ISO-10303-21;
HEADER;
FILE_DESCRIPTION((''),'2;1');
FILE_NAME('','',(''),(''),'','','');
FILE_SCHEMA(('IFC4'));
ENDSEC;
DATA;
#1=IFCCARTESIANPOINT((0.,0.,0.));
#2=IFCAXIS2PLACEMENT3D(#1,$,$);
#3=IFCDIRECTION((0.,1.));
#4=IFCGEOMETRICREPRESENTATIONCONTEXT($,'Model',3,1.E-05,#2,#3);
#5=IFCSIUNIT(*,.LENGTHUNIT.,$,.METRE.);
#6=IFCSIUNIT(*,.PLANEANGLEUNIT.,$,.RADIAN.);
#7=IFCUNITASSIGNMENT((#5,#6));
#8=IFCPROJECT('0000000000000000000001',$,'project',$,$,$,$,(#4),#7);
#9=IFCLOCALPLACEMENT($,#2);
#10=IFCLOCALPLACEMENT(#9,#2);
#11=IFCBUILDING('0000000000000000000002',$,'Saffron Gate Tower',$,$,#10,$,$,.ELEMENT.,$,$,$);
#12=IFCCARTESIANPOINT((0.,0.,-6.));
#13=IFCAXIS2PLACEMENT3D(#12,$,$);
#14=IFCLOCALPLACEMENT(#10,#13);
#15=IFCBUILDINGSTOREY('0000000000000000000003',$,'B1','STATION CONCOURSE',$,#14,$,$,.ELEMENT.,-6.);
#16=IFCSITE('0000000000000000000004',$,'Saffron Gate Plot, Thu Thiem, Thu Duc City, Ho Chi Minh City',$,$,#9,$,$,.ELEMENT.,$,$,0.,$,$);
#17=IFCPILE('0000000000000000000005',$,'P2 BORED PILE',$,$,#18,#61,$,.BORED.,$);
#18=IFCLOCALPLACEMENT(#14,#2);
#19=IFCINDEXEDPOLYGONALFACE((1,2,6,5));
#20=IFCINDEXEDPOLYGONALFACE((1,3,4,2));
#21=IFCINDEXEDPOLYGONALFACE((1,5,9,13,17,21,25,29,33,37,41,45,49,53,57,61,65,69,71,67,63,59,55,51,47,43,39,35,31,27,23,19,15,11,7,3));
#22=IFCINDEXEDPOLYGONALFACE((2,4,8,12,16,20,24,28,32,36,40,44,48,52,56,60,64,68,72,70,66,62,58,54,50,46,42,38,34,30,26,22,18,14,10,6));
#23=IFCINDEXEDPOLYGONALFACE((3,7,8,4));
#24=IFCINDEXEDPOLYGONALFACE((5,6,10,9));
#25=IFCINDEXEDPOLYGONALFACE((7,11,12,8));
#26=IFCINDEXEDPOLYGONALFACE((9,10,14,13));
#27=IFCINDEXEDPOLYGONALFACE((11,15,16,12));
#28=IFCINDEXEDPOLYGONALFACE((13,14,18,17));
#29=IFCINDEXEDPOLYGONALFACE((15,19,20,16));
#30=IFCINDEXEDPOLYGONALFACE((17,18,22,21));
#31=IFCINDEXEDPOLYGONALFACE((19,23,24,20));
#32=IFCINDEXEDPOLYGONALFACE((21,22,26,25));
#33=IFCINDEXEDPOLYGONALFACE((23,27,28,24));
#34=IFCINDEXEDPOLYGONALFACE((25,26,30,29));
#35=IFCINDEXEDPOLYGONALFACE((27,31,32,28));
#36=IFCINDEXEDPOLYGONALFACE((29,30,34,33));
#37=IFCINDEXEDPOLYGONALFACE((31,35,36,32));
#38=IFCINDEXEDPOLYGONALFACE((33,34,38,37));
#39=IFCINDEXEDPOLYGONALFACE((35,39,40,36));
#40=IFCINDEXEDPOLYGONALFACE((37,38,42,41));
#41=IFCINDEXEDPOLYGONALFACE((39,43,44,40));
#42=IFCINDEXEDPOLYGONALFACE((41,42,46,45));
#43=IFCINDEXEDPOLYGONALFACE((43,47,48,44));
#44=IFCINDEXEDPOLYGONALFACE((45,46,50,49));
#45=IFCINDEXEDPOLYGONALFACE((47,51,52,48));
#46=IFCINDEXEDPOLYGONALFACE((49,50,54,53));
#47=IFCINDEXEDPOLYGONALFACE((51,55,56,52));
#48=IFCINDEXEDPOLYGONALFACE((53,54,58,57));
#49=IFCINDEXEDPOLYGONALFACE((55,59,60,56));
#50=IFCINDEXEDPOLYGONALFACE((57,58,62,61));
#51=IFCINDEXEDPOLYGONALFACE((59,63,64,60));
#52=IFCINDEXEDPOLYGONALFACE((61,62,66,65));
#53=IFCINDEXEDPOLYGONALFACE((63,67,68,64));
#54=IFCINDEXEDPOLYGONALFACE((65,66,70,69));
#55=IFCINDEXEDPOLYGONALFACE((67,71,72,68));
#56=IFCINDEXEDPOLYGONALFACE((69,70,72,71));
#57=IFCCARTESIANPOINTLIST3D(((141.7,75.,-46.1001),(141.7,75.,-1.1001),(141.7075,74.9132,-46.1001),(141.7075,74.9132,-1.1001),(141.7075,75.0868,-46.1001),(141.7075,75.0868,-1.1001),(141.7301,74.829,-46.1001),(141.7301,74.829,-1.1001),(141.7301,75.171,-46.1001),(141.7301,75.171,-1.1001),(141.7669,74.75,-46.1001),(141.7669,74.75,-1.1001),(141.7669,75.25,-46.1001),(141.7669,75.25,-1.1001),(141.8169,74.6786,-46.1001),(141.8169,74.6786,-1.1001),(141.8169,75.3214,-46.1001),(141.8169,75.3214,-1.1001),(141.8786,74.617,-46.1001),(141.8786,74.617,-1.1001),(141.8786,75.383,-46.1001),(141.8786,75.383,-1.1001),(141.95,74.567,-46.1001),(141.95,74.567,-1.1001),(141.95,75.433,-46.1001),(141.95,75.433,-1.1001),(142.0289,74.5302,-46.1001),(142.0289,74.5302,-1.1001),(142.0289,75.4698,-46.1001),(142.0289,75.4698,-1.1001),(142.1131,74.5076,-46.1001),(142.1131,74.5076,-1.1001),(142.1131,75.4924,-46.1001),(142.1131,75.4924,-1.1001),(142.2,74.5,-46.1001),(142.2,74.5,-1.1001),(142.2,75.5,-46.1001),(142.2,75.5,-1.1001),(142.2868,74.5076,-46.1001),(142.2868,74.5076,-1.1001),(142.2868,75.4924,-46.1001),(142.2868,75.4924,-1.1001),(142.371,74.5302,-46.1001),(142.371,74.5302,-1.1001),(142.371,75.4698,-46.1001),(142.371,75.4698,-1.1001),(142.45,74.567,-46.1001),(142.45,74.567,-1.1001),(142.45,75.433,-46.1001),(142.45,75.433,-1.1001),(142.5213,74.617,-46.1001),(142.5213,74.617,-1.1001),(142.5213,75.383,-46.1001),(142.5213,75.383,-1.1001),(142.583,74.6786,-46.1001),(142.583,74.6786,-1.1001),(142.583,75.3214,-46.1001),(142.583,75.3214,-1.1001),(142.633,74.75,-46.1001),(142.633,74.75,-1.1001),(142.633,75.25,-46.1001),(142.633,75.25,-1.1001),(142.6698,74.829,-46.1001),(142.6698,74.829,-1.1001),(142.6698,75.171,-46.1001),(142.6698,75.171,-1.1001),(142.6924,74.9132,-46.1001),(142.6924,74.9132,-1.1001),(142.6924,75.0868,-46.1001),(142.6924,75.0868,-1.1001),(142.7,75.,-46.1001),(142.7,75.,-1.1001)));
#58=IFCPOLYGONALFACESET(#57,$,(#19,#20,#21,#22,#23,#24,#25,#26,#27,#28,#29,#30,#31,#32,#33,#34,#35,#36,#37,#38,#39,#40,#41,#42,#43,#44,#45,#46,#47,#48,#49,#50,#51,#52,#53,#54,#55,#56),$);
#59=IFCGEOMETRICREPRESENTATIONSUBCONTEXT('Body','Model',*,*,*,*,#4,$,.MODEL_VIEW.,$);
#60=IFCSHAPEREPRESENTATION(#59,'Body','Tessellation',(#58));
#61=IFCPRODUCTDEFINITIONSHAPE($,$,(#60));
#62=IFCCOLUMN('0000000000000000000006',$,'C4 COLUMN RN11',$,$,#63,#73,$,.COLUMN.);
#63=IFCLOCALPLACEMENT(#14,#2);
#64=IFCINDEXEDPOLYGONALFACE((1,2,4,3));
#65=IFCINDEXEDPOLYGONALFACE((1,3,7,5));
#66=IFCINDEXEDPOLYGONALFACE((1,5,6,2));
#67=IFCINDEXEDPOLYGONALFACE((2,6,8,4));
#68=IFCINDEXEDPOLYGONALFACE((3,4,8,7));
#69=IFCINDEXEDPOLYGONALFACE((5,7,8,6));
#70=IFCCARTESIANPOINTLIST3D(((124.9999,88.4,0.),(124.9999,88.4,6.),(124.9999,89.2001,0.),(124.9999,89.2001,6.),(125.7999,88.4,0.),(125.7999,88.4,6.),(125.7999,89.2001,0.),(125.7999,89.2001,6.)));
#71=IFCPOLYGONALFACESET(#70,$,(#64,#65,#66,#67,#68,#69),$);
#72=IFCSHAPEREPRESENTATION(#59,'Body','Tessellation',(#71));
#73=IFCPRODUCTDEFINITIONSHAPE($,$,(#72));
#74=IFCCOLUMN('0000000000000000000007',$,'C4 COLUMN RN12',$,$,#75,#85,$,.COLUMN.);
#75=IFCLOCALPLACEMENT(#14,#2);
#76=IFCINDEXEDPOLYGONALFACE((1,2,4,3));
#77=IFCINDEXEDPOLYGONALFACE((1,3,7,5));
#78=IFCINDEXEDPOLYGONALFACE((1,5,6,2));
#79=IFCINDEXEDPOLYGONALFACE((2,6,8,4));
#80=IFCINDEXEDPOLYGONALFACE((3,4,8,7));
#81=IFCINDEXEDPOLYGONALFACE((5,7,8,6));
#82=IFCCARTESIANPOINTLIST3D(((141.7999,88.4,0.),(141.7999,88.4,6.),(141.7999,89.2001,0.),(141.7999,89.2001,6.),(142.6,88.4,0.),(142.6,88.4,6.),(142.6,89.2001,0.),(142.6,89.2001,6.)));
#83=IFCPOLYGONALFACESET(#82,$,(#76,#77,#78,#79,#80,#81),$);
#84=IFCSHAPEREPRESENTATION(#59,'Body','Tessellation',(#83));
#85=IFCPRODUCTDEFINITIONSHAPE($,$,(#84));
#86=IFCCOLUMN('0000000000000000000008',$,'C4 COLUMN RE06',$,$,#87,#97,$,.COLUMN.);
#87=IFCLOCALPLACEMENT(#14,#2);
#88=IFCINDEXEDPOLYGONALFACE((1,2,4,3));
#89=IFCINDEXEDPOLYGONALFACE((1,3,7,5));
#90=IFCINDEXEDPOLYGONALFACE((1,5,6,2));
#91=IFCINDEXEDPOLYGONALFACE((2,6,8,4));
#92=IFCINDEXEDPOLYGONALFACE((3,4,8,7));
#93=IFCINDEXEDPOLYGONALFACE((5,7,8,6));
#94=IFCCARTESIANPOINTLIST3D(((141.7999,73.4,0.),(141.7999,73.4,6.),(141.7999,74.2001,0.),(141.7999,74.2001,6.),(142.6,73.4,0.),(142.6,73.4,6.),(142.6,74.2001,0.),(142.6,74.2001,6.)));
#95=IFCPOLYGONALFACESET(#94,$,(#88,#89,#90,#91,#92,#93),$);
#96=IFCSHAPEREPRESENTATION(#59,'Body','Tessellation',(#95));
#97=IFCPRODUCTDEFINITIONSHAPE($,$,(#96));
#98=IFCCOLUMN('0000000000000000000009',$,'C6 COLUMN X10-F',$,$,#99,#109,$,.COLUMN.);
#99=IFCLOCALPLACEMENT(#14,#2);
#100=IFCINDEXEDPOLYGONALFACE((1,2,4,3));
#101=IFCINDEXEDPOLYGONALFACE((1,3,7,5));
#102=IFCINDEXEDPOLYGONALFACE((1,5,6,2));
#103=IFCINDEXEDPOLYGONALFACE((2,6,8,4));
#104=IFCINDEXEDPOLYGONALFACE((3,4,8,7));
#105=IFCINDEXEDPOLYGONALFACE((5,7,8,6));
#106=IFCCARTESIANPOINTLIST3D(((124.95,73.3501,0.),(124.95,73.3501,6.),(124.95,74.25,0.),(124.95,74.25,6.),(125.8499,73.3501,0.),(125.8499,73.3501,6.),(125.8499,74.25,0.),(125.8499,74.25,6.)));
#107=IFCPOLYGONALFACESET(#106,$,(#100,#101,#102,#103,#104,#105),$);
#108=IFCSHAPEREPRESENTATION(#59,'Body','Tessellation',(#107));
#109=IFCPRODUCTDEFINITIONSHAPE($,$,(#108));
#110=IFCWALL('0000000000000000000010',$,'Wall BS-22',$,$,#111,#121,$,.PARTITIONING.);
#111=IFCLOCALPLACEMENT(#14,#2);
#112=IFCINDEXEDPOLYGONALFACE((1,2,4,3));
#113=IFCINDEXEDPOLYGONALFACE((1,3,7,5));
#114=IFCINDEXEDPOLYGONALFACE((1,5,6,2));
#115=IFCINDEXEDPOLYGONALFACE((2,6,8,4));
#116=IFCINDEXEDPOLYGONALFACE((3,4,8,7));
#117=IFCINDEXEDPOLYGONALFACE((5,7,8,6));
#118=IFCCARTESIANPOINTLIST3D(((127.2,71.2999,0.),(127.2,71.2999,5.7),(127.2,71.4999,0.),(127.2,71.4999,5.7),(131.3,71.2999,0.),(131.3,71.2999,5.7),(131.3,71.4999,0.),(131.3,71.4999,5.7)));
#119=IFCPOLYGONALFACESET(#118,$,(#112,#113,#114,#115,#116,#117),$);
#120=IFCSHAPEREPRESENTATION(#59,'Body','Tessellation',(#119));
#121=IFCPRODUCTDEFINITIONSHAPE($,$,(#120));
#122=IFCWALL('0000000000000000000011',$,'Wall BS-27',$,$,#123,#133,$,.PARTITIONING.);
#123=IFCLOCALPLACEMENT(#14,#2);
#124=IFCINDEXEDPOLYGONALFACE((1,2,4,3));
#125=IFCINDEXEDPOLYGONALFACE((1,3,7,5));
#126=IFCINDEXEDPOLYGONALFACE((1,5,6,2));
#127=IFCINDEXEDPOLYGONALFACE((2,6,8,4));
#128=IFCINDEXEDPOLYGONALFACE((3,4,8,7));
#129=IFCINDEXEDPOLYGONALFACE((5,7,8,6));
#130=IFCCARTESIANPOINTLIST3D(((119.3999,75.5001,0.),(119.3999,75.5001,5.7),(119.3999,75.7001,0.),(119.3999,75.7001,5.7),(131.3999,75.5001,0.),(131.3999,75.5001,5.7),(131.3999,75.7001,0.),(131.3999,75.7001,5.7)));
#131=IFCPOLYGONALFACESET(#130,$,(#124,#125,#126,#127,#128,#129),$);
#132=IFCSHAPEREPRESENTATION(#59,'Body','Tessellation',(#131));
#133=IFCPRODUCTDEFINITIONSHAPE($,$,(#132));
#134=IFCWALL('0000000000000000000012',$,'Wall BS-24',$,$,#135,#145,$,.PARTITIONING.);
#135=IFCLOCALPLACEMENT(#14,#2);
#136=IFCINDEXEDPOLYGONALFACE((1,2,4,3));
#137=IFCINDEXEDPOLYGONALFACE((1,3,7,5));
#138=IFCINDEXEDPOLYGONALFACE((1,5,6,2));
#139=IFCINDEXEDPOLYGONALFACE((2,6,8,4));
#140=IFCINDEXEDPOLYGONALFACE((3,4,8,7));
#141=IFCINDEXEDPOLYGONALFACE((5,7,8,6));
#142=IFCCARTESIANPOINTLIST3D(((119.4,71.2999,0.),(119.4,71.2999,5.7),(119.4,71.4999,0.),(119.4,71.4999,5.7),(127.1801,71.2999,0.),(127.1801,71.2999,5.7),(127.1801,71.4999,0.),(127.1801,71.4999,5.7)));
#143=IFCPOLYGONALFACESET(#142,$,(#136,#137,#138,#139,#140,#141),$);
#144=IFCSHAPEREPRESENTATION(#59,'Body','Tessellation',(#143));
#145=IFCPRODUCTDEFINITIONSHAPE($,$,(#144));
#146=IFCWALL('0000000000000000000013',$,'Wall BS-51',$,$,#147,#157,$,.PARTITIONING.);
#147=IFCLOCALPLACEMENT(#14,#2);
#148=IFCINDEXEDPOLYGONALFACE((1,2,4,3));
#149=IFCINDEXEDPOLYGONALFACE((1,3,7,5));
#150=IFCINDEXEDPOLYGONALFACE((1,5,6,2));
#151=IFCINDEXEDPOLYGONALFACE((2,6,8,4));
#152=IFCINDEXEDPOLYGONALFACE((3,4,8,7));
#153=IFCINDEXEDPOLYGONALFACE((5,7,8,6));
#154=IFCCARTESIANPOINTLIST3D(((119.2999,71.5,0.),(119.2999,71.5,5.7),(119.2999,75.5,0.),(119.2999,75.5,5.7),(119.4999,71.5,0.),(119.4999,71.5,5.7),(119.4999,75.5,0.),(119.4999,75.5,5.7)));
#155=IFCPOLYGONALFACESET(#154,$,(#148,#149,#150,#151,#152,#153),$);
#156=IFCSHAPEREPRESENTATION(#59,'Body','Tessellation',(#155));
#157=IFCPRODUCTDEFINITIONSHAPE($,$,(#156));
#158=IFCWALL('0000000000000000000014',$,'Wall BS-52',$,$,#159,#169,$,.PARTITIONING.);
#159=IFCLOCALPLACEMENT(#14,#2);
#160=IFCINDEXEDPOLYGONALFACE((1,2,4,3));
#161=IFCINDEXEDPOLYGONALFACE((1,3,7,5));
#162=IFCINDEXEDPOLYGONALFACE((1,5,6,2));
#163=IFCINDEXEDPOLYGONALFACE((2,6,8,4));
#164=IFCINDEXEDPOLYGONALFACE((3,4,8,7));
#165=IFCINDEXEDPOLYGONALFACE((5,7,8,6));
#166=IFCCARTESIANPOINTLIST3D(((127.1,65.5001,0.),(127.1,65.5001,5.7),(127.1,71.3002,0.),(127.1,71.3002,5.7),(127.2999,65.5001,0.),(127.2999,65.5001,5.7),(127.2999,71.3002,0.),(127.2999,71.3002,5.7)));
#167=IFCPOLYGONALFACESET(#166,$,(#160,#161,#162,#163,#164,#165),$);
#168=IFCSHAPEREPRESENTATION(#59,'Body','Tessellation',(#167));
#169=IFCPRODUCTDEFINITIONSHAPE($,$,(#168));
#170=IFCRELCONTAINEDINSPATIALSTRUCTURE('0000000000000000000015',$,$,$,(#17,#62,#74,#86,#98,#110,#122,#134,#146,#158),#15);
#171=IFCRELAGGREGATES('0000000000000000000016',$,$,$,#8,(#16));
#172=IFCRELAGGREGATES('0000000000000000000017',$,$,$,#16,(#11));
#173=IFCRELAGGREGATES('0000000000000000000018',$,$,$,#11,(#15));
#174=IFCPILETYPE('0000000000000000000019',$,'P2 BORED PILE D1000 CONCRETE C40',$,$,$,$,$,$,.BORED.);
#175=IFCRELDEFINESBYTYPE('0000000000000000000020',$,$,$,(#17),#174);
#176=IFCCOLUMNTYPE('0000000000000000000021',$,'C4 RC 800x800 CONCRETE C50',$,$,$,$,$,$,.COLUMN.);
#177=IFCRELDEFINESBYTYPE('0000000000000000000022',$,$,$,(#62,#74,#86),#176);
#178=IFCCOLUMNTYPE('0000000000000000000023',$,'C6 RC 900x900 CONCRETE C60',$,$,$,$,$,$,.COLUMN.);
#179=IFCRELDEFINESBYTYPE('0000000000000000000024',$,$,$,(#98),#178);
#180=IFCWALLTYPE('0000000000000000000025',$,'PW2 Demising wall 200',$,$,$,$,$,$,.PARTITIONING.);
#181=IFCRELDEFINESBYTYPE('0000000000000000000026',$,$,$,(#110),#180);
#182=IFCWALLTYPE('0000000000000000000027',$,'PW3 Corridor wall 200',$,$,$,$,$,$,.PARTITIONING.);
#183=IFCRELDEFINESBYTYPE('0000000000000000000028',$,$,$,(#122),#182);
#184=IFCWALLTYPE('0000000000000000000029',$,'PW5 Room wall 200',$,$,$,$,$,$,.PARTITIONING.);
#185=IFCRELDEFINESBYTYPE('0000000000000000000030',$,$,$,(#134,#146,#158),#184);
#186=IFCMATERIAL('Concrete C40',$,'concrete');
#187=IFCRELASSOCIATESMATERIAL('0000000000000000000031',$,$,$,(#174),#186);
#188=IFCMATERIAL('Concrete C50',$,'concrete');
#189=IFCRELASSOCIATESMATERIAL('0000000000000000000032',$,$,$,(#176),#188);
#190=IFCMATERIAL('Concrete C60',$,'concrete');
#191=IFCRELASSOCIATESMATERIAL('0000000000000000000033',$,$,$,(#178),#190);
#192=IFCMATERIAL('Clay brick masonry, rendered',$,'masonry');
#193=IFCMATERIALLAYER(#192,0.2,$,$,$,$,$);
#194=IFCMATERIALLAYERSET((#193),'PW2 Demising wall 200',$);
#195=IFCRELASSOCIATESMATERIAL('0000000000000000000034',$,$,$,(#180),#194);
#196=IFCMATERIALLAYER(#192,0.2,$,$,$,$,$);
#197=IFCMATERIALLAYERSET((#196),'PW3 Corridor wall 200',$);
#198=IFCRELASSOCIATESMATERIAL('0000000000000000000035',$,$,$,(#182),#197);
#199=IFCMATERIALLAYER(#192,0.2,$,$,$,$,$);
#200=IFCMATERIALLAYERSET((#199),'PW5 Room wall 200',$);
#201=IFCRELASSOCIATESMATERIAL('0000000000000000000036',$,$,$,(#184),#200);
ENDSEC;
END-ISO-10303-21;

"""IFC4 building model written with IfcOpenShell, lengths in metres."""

from ifc_helpers import new_model, si_unit, direction, frame, frame_2d, origin, origin_2d, place, context, subcontext, project, spatial, rectangle, circle, extrude, material, layer, layer_set, material_profile, profile_set, type_object, element, save


model = new_model("IFC4")

# Units and contexts
model_context = context("Model", 3, precision=1e-05, world=origin(), true_north=direction((0.0, 1.0)))
body_context = subcontext(model_context, "Body", "Model", "MODEL_VIEW")
ifc_project = project(units=[si_unit("LENGTHUNIT", "METRE"), si_unit("PLANEANGLEUNIT", "RADIAN")], contexts=[model_context])

# Site, building, storey
site_placement = place(None, origin())
site = spatial("IfcSite", under=ifc_project, at=site_placement, Name="Saffron Gate Plot, Thu Thiem, Thu Duc City, Ho Chi Minh City", CompositionType="ELEMENT", RefElevation=0.0)
building_placement = place(site_placement, origin())
building = spatial("IfcBuilding", under=site, at=building_placement, Name="Saffron Gate Tower", CompositionType="ELEMENT")
storey_placement = place(building_placement, frame((0.0, 0.0, -6.0)))
storey = spatial("IfcBuildingStorey", under=building, at=storey_placement, Name="B1", Description="STATION CONCOURSE", CompositionType="ELEMENT", Elevation=-6.0)

# Pile
ifc_material_1 = material(Name="Concrete C40", Category="concrete")
ifc_material_profile_1 = material_profile(ifc_material_1, circle(Radius=0.5, at=origin_2d()))
ifc_profile_set_1 = profile_set([ifc_material_profile_1], Name="Concrete C40")
pile_type_1 = type_object("IfcPileType", Name="P2 BORED PILE D1000 CONCRETE C40", PredefinedType="BORED", material=ifc_profile_set_1)
for number, where, z_axis, x_axis, name in (
    (1, (142.2, 75.0, -1.1001), (0.0, 0.0, -1.0), (1.0, 0.0, 0.0), "P2 BORED PILE"),
):
    element("IfcPile", number, at=place(storey_placement, frame(where, z_axis=z_axis, x_axis=x_axis)), inside=storey, type_object=pile_type_1, Name=name, PredefinedType="BORED", context=body_context, shape_type="SweptSolid", body=[
        extrude(circle(Radius=0.5, at=origin_2d()), origin(), (0.0, 0.0, 1.0), 45.0),
    ])

# Columns
ifc_material_2 = material(Name="Concrete C50", Category="concrete")
ifc_material_profile_2 = material_profile(ifc_material_2, rectangle(XDim=0.8, YDim=0.8, at=origin_2d()))
ifc_profile_set_2 = profile_set([ifc_material_profile_2], Name="Concrete C50")
column_type_1 = type_object("IfcColumnType", Name="C4 RC 800x800 CONCRETE C50", PredefinedType="COLUMN", material=ifc_profile_set_2)
for number, where, z_axis, x_axis, name in (
    (2, (125.3999, 88.8, 0.0), (0.0, 0.0, 1.0), (1.0, 0.0, 0.0), "C4 COLUMN RN11"),
    (3, (142.2, 88.8, 0.0), (0.0, 0.0, 1.0), (1.0, 0.0, 0.0), "C4 COLUMN RN12"),
    (4, (142.2, 73.8, 0.0), (0.0, 0.0, 1.0), (1.0, 0.0, 0.0), "C4 COLUMN RE06"),
):
    element("IfcColumn", number, at=place(storey_placement, frame(where, z_axis=z_axis, x_axis=x_axis)), inside=storey, type_object=column_type_1, Name=name, PredefinedType="COLUMN", context=body_context, shape_type="SweptSolid", body=[
        extrude(rectangle(XDim=0.8, YDim=0.8, at=origin_2d()), origin(), (0.0, 0.0, 1.0), 6.0),
    ])
ifc_material_3 = material(Name="Concrete C60", Category="concrete")
ifc_material_profile_3 = material_profile(ifc_material_3, rectangle(XDim=0.8999, YDim=0.8999, at=origin_2d()))
ifc_profile_set_3 = profile_set([ifc_material_profile_3], Name="Concrete C60")
column_type_2 = type_object("IfcColumnType", Name="C6 RC 900x900 CONCRETE C60", PredefinedType="COLUMN", material=ifc_profile_set_3)
column_placement = place(storey_placement, frame((125.3999, 73.8, 0.0), z_axis=(0.0, 0.0, 1.0), x_axis=(1.0, 0.0, 0.0)))
element("IfcColumn", 5, at=column_placement, inside=storey, type_object=column_type_2, Name="C6 COLUMN X10-F", PredefinedType="COLUMN", context=body_context, shape_type="SweptSolid", body=[
    extrude(rectangle(XDim=0.8999, YDim=0.8999, at=origin_2d()), origin(), (0.0, 0.0, 1.0), 6.0),
])

# Walls
ifc_material_4 = material(Name="Clay brick masonry, rendered", Category="masonry")
ifc_layer_1 = layer(ifc_material_4, 0.2)
ifc_layer_set_1 = layer_set([ifc_layer_1], Name="PW2 Demising wall 200")
wall_type_1 = type_object("IfcWallType", Name="PW2 Demising wall 200", PredefinedType="PARTITIONING", material=ifc_layer_set_1)
wall_1_placement = place(storey_placement, frame((127.2, 71.3999, 0.0), z_axis=(0.0, 0.0, 1.0), x_axis=(1.0, 0.0, 0.0)))
element("IfcWall", 6, at=wall_1_placement, inside=storey, type_object=wall_type_1, Name="Wall BS-22", PredefinedType="PARTITIONING", context=body_context, shape_type="SweptSolid", body=[
    extrude(rectangle(XDim=4.1001, YDim=0.2, at=frame_2d((2.05, 0.0))), origin(), (0.0, 0.0, 1.0), 5.7),
])
ifc_layer_2 = layer(ifc_material_4, 0.2)
ifc_layer_set_2 = layer_set([ifc_layer_2], Name="PW3 Corridor wall 200")
wall_type_2 = type_object("IfcWallType", Name="PW3 Corridor wall 200", PredefinedType="PARTITIONING", material=ifc_layer_set_2)
wall_2_placement = place(storey_placement, frame((119.3999, 75.6001, 0.0), z_axis=(0.0, 0.0, 1.0), x_axis=(1.0, 0.0, 0.0)))
element("IfcWall", 7, at=wall_2_placement, inside=storey, type_object=wall_type_2, Name="Wall BS-27", PredefinedType="PARTITIONING", context=body_context, shape_type="SweptSolid", body=[
    extrude(rectangle(XDim=12.0, YDim=0.2, at=frame_2d((6.0, 0.0))), origin(), (0.0, 0.0, 1.0), 5.7),
])
ifc_layer_3 = layer(ifc_material_4, 0.2)
ifc_layer_set_3 = layer_set([ifc_layer_3], Name="PW5 Room wall 200")
wall_type_3 = type_object("IfcWallType", Name="PW5 Room wall 200", PredefinedType="PARTITIONING", material=ifc_layer_set_3)
wall_3_placement = place(storey_placement, frame((119.3999, 71.3999, 0.0), z_axis=(0.0, 0.0, 1.0), x_axis=(1.0, 0.0, 0.0)))
element("IfcWall", 8, at=wall_3_placement, inside=storey, type_object=wall_type_3, Name="Wall BS-24", PredefinedType="PARTITIONING", context=body_context, shape_type="SweptSolid", body=[
    extrude(rectangle(XDim=7.78, YDim=0.2, at=frame_2d((3.8901, 0.0))), origin(), (0.0, 0.0, 1.0), 5.7),
])
wall_4_placement = place(storey_placement, frame((119.3999, 75.5, 0.0), z_axis=(0.0, 0.0, 1.0), x_axis=(0.0, -1.0, 0.0)))
element("IfcWall", 9, at=wall_4_placement, inside=storey, type_object=wall_type_3, Name="Wall BS-51", PredefinedType="PARTITIONING", context=body_context, shape_type="SweptSolid", body=[
    extrude(rectangle(XDim=4.0, YDim=0.2, at=frame_2d((2.0, 0.0))), origin(), (0.0, 0.0, 1.0), 5.7),
])
wall_5_placement = place(storey_placement, frame((127.2, 71.3, 0.0), z_axis=(0.0, 0.0, 1.0), x_axis=(0.0, -1.0, 0.0)))
element("IfcWall", 10, at=wall_5_placement, inside=storey, type_object=wall_type_3, Name="Wall BS-52", PredefinedType="PARTITIONING", context=body_context, shape_type="SweptSolid", body=[
    extrude(rectangle(XDim=5.8, YDim=0.2, at=frame_2d((2.8999, 0.0))), origin(), (0.0, 0.0, 1.0), 5.7),
])

save(model, "model.ifc")
